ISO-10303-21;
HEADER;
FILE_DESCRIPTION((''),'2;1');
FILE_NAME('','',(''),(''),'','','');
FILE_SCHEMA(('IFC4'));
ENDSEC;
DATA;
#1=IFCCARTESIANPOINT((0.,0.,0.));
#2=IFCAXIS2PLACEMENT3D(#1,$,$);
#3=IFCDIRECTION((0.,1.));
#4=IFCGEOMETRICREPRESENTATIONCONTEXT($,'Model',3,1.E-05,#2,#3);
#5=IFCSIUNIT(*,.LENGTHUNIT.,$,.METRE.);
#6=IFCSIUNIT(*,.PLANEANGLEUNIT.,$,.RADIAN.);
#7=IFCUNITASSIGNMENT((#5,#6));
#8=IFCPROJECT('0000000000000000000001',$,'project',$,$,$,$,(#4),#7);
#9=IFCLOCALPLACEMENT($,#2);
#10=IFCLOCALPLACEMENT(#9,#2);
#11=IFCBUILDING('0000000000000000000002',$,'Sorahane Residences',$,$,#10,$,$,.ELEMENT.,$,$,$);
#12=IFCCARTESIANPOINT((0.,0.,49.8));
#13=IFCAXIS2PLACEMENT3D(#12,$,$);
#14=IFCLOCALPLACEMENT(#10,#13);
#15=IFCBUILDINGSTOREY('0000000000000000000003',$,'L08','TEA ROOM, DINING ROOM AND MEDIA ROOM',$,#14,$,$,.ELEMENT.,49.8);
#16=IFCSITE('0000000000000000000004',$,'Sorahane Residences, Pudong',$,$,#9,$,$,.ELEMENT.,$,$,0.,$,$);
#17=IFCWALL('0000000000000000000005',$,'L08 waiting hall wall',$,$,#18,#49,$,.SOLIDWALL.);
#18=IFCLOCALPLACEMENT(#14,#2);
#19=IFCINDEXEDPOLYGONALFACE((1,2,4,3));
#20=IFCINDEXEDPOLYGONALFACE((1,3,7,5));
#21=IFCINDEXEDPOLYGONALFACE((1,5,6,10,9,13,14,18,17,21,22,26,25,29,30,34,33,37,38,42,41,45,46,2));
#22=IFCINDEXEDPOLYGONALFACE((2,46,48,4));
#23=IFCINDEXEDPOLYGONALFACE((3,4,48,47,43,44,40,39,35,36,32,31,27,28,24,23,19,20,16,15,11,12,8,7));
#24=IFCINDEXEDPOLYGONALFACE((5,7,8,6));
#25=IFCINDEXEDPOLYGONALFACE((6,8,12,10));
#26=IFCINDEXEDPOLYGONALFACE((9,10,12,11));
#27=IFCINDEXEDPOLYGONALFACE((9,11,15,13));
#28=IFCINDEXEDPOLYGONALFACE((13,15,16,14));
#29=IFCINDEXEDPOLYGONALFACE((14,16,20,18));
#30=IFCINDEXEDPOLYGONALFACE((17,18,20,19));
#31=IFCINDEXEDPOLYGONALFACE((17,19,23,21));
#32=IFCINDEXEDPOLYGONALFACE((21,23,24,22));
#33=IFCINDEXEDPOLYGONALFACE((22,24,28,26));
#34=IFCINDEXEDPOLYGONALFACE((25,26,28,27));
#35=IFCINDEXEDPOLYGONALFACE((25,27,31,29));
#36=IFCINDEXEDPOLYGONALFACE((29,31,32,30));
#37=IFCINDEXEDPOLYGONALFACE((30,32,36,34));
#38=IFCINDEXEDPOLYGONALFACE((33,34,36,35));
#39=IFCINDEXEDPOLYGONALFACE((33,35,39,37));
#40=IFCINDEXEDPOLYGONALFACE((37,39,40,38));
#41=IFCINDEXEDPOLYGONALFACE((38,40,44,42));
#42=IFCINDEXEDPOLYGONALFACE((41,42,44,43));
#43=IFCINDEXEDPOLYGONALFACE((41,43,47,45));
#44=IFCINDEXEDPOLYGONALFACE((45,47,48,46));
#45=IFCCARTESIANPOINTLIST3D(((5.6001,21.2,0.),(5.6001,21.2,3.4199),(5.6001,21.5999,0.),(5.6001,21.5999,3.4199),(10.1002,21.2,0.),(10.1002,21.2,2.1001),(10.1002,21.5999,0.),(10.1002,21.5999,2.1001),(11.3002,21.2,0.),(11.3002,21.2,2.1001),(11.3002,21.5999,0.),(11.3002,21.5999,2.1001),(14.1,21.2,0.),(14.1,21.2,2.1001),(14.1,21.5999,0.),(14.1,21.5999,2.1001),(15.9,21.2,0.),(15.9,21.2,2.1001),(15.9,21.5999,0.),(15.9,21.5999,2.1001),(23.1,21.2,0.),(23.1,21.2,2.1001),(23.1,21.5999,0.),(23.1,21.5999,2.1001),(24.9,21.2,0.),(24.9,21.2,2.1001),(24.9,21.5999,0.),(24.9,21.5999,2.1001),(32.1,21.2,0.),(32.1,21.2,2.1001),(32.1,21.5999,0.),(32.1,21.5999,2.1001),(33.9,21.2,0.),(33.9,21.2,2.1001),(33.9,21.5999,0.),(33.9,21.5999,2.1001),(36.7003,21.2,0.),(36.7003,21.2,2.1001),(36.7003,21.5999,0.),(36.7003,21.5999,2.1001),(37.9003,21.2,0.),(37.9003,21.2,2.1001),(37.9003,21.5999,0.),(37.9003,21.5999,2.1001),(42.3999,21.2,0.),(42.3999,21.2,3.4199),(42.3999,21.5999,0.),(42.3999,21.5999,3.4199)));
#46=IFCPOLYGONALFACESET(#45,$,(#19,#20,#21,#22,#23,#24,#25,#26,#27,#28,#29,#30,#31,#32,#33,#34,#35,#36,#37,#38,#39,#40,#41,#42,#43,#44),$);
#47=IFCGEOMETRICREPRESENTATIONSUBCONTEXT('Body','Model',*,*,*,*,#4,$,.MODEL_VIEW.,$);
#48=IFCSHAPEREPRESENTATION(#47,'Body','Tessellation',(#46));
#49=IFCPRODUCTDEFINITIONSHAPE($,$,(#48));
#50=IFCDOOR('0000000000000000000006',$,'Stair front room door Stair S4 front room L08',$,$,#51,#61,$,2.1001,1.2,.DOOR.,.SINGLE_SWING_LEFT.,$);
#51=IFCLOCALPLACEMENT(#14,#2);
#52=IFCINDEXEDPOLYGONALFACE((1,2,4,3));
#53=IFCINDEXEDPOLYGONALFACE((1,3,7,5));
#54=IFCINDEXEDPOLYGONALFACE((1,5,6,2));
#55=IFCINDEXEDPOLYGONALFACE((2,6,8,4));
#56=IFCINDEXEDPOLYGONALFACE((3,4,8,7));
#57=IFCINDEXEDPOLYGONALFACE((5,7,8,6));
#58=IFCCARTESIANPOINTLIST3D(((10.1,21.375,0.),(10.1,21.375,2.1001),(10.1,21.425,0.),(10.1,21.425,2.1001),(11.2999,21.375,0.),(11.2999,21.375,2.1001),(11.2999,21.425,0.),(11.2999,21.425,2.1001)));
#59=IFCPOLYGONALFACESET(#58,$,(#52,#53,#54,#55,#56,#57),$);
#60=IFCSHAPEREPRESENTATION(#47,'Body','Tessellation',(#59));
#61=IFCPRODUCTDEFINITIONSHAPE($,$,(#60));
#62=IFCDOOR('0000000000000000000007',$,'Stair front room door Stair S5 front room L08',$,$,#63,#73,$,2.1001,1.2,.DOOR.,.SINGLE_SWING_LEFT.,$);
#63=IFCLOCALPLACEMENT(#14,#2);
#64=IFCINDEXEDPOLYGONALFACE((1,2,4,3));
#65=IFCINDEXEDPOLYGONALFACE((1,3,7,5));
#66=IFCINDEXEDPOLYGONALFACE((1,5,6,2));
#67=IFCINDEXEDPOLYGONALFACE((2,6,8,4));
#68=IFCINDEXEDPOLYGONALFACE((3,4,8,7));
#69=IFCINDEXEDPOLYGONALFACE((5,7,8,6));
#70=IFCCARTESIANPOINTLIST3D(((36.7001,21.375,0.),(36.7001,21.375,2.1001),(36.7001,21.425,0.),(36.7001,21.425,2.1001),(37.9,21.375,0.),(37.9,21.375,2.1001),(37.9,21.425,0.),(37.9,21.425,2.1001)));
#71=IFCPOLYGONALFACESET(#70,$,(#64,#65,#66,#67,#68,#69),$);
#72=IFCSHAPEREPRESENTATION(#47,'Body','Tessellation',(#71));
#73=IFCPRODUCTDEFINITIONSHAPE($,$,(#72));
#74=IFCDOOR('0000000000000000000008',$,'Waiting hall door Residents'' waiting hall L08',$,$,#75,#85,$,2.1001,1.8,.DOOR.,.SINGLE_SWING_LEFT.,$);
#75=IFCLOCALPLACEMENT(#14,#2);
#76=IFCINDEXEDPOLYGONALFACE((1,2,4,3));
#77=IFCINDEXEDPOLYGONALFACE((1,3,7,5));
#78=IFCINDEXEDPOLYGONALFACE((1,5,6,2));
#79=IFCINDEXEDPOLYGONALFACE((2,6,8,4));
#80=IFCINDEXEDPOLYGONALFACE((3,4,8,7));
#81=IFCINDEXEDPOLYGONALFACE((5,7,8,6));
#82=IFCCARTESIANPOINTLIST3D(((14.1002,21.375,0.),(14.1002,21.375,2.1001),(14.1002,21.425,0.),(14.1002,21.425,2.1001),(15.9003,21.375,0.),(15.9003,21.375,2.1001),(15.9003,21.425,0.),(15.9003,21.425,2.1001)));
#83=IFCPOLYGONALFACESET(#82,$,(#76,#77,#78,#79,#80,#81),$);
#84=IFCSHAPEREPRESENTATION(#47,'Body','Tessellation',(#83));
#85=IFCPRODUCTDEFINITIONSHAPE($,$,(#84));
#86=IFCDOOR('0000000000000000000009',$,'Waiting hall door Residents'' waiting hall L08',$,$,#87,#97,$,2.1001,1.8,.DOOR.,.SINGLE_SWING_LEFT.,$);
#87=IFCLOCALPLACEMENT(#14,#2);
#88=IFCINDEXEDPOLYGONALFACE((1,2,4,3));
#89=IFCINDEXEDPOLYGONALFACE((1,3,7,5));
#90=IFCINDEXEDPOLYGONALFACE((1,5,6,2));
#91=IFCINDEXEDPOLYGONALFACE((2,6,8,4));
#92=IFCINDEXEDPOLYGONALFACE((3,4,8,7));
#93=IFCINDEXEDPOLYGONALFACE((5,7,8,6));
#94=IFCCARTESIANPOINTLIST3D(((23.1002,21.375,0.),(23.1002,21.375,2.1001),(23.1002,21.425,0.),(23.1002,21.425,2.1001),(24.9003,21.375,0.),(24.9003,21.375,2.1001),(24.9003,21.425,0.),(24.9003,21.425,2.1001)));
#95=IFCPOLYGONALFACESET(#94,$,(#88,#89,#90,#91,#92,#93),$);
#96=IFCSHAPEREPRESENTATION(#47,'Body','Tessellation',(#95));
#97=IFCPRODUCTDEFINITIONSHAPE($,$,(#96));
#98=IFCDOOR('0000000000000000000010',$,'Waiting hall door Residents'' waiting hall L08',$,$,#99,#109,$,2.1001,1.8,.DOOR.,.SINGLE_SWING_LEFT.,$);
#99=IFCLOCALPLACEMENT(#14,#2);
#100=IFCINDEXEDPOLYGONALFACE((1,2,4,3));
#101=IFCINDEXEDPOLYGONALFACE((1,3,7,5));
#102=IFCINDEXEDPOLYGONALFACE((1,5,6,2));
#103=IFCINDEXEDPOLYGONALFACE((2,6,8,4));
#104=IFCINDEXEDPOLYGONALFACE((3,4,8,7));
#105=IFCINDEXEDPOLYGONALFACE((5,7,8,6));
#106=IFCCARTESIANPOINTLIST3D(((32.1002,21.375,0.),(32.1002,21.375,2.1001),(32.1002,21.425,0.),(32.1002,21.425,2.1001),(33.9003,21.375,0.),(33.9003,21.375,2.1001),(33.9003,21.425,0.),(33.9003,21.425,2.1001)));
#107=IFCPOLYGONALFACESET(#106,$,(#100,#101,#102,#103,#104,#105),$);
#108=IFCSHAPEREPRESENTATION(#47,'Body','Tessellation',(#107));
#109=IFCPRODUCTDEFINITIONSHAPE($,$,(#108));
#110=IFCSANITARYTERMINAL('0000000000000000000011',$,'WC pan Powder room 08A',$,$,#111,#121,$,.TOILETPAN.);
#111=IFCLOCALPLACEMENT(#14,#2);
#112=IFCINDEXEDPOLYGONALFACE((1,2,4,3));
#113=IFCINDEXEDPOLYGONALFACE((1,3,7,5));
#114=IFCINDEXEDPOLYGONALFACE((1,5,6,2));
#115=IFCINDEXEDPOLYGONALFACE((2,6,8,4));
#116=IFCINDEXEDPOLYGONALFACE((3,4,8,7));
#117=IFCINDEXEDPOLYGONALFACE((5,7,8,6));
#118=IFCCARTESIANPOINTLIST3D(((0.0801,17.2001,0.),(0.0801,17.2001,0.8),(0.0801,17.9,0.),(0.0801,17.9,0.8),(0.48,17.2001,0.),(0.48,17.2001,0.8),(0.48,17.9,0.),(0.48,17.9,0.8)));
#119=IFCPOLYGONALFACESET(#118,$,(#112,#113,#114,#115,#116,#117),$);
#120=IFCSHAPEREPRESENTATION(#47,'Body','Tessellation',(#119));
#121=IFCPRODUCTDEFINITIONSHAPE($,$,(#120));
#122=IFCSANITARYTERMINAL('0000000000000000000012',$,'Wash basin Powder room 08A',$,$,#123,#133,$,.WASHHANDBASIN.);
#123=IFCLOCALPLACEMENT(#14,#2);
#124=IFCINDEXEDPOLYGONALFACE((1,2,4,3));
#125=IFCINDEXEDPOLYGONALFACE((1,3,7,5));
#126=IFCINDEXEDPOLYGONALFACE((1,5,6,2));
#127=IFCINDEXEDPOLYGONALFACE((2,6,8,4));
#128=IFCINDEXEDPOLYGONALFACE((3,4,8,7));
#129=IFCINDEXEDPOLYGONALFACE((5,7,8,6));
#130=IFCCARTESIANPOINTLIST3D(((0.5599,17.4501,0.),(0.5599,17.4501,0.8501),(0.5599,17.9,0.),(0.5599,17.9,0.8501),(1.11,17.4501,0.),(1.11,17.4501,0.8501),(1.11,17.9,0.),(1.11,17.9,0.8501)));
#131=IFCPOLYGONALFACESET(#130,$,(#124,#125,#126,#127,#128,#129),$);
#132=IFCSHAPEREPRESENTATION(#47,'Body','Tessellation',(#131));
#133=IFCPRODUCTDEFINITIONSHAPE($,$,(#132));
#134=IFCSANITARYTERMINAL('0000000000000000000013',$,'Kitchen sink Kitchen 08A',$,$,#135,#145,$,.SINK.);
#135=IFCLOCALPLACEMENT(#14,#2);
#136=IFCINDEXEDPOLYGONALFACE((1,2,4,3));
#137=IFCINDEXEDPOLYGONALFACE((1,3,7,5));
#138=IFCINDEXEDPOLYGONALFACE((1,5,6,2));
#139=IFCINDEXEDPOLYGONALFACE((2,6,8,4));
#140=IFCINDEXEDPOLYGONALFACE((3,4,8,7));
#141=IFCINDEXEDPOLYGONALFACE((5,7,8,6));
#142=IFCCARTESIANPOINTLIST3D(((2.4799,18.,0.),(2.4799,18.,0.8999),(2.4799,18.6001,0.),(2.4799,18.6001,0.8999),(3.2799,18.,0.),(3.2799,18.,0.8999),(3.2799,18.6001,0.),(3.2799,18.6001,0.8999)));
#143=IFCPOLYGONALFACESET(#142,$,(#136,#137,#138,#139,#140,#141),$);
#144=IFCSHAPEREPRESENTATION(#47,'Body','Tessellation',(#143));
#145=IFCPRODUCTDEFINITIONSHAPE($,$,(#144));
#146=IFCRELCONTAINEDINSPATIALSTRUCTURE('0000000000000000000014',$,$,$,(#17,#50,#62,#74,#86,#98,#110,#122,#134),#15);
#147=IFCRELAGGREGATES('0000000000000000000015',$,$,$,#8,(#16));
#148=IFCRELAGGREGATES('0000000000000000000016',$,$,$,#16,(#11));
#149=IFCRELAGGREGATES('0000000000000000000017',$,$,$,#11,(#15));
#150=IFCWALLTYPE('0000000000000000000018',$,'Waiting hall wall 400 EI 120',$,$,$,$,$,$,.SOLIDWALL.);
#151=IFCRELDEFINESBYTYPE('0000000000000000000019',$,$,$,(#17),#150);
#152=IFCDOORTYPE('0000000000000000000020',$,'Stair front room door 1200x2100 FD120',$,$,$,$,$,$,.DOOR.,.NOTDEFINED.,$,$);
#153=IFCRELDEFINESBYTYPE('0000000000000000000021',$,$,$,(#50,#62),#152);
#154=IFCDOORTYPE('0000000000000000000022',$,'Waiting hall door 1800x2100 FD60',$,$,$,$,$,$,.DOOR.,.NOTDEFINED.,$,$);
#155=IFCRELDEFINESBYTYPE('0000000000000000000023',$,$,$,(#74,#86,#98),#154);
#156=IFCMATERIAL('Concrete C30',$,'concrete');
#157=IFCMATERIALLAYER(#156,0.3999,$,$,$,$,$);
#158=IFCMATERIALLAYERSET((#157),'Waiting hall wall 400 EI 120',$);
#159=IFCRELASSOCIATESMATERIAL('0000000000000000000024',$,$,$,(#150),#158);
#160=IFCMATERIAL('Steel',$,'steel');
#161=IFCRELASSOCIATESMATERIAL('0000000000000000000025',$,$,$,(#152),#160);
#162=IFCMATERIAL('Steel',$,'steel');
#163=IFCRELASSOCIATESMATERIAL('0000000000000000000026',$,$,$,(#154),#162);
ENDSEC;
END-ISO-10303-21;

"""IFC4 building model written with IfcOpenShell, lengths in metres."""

from ifc_helpers import new_model, si_unit, direction, frame, frame_2d, origin, origin_2d, place, context, subcontext, project, spatial, rectangle, extrude, material, layer, layer_set, type_object, element, fill, save


model = new_model("IFC4")

# Units and contexts
model_context = context("Model", 3, precision=1e-05, world=origin(), true_north=direction((0.0, 1.0)))
body_context = subcontext(model_context, "Body", "Model", "MODEL_VIEW")
ifc_project = project(units=[si_unit("LENGTHUNIT", "METRE"), si_unit("PLANEANGLEUNIT", "RADIAN")], contexts=[model_context])

# Site, building, storey
site_placement = place(None, origin())
site = spatial("IfcSite", under=ifc_project, at=site_placement, Name="Sorahane Residences, Pudong", CompositionType="ELEMENT", RefElevation=0.0)
building_placement = place(site_placement, origin())
building = spatial("IfcBuilding", under=site, at=building_placement, Name="Sorahane Residences", CompositionType="ELEMENT")
storey_placement = place(building_placement, frame((0.0, 0.0, 49.8)))
storey = spatial("IfcBuildingStorey", under=building, at=storey_placement, Name="L08", Description="TEA ROOM, DINING ROOM AND MEDIA ROOM", CompositionType="ELEMENT", Elevation=49.8)

# Wall, openings, doors
ifc_material_1 = material(Name="Concrete C30", Category="concrete")
ifc_layer_1 = layer(ifc_material_1, 0.3999)
ifc_layer_set_1 = layer_set([ifc_layer_1], Name="Waiting hall wall 400 EI 120")
wall_type_1 = type_object("IfcWallType", Name="Waiting hall wall 400 EI 120", PredefinedType="SOLIDWALL", material=ifc_layer_set_1)
wall_1_placement = place(storey_placement, frame((5.6001, 21.3999, 0.0), z_axis=(0.0, 0.0, 1.0), x_axis=(1.0, 0.0, 0.0)))
wall_1 = element("IfcWall", 1, at=wall_1_placement, inside=storey, type_object=wall_type_1, Name="L08 waiting hall wall", PredefinedType="SOLIDWALL", context=body_context, shape_type="SweptSolid", body=[
    extrude(rectangle(XDim=36.7998, YDim=0.3999, at=frame_2d((18.3999, 0.0))), origin(), (0.0, 0.0, 1.0), 3.4199),
])
opening_1_placement = place(wall_1_placement, frame((8.5, 0.0, 0.0)))
opening_1 = element("IfcOpeningElement", 2, at=opening_1_placement, cuts=wall_1, PredefinedType="OPENING", context=body_context, shape_type="SweptSolid", body=[
    extrude(rectangle(XDim=1.8, YDim=2.1001, at=frame_2d((0.8999, 1.05))), frame((0.0, 0.21, 0.0), z_axis=(0.0, -1.0, 0.0), x_axis=(1.0, 0.0, 0.0)), (0.0, 0.0, 1.0), 0.4199),
])
opening_2_placement = place(wall_1_placement, frame((17.5, 0.0, 0.0)))
opening_2 = element("IfcOpeningElement", 3, at=opening_2_placement, cuts=wall_1, PredefinedType="OPENING", context=body_context, shape_type="SweptSolid", body=[
    extrude(rectangle(XDim=1.8, YDim=2.1001, at=frame_2d((0.8999, 1.05))), frame((0.0, 0.21, 0.0), z_axis=(0.0, -1.0, 0.0), x_axis=(1.0, 0.0, 0.0)), (0.0, 0.0, 1.0), 0.4199),
])
opening_3_placement = place(wall_1_placement, frame((26.5, 0.0, 0.0)))
opening_3 = element("IfcOpeningElement", 4, at=opening_3_placement, cuts=wall_1, PredefinedType="OPENING", context=body_context, shape_type="SweptSolid", body=[
    extrude(rectangle(XDim=1.8, YDim=2.1001, at=frame_2d((0.8999, 1.05))), frame((0.0, 0.21, 0.0), z_axis=(0.0, -1.0, 0.0), x_axis=(1.0, 0.0, 0.0)), (0.0, 0.0, 1.0), 0.4199),
])
opening_4_placement = place(wall_1_placement, frame((4.5, 0.0, 0.0)))
opening_4 = element("IfcOpeningElement", 5, at=opening_4_placement, cuts=wall_1, PredefinedType="OPENING", context=body_context, shape_type="SweptSolid", body=[
    extrude(rectangle(XDim=1.2, YDim=2.1001, at=frame_2d((0.6001, 1.05))), frame((0.0, 0.21, 0.0), z_axis=(0.0, -1.0, 0.0), x_axis=(1.0, 0.0, 0.0)), (0.0, 0.0, 1.0), 0.4199),
])
opening_5_placement = place(wall_1_placement, frame((31.1001, 0.0, 0.0)))
opening_5 = element("IfcOpeningElement", 6, at=opening_5_placement, cuts=wall_1, PredefinedType="OPENING", context=body_context, shape_type="SweptSolid", body=[
    extrude(rectangle(XDim=1.2, YDim=2.1001, at=frame_2d((0.6001, 1.05))), frame((0.0, 0.21, 0.0), z_axis=(0.0, -1.0, 0.0), x_axis=(1.0, 0.0, 0.0)), (0.0, 0.0, 1.0), 0.4199),
])
ifc_material_2 = material(Name="Steel", Category="steel")
door_type_1 = type_object("IfcDoorType", Name="Stair front room door 1200x2100 FD120", OperationType="NOTDEFINED", PredefinedType="DOOR", material=ifc_material_2)
door_1_placement = place(opening_4_placement, frame((1.2, 0.0, 0.0), z_axis=(0.0, 0.0, 1.0), x_axis=(-1.0, 0.0, 0.0)))
door_1 = element("IfcDoor", 7, at=door_1_placement, inside=storey, type_object=door_type_1, Name="Stair front room door Stair S4 front room L08", OperationType="SINGLE_SWING_LEFT", OverallHeight=2.1001, OverallWidth=1.2, PredefinedType="DOOR", context=body_context, shape_type="SweptSolid", body=[
    extrude(rectangle(XDim=1.2, YDim=2.1001, at=frame_2d((0.6001, 1.05))), frame((0.0, 0.0249, 0.0), z_axis=(0.0, -1.0, 0.0), x_axis=(1.0, 0.0, 0.0)), (0.0, 0.0, 1.0), 0.05),
])
fill(opening_4, door_1)
door_2_placement = place(opening_5_placement, frame((1.2, 0.0, 0.0), z_axis=(0.0, 0.0, 1.0), x_axis=(-1.0, 0.0, 0.0)))
door_2 = element("IfcDoor", 8, at=door_2_placement, inside=storey, type_object=door_type_1, Name="Stair front room door Stair S5 front room L08", OperationType="SINGLE_SWING_LEFT", OverallHeight=2.1001, OverallWidth=1.2, PredefinedType="DOOR", context=body_context, shape_type="SweptSolid", body=[
    extrude(rectangle(XDim=1.2, YDim=2.1001, at=frame_2d((0.6001, 1.05))), frame((0.0, 0.0249, 0.0), z_axis=(0.0, -1.0, 0.0), x_axis=(1.0, 0.0, 0.0)), (0.0, 0.0, 1.0), 0.05),
])
fill(opening_5, door_2)
ifc_material_3 = material(Name="Steel", Category="steel")
door_type_2 = type_object("IfcDoorType", Name="Waiting hall door 1800x2100 FD60", OperationType="NOTDEFINED", PredefinedType="DOOR", material=ifc_material_3)
door_3_placement = place(opening_1_placement, frame((1.8, 0.0, 0.0), z_axis=(0.0, 0.0, 1.0), x_axis=(-1.0, 0.0, 0.0)))
door_3 = element("IfcDoor", 9, at=door_3_placement, inside=storey, type_object=door_type_2, Name="Waiting hall door Residents' waiting hall L08", OperationType="SINGLE_SWING_LEFT", OverallHeight=2.1001, OverallWidth=1.8, PredefinedType="DOOR", context=body_context, shape_type="SweptSolid", body=[
    extrude(rectangle(XDim=1.8, YDim=2.1001, at=frame_2d((0.8999, 1.05))), frame((0.0, 0.0249, 0.0), z_axis=(0.0, -1.0, 0.0), x_axis=(1.0, 0.0, 0.0)), (0.0, 0.0, 1.0), 0.05),
])
fill(opening_1, door_3)
door_4_placement = place(opening_2_placement, frame((1.8, 0.0, 0.0), z_axis=(0.0, 0.0, 1.0), x_axis=(-1.0, 0.0, 0.0)))
door_4 = element("IfcDoor", 10, at=door_4_placement, inside=storey, type_object=door_type_2, Name="Waiting hall door Residents' waiting hall L08", OperationType="SINGLE_SWING_LEFT", OverallHeight=2.1001, OverallWidth=1.8, PredefinedType="DOOR", context=body_context, shape_type="SweptSolid", body=[
    extrude(rectangle(XDim=1.8, YDim=2.1001, at=frame_2d((0.8999, 1.05))), frame((0.0, 0.0249, 0.0), z_axis=(0.0, -1.0, 0.0), x_axis=(1.0, 0.0, 0.0)), (0.0, 0.0, 1.0), 0.05),
])
fill(opening_2, door_4)
door_5_placement = place(opening_3_placement, frame((1.8, 0.0, 0.0), z_axis=(0.0, 0.0, 1.0), x_axis=(-1.0, 0.0, 0.0)))
door_5 = element("IfcDoor", 11, at=door_5_placement, inside=storey, type_object=door_type_2, Name="Waiting hall door Residents' waiting hall L08", OperationType="SINGLE_SWING_LEFT", OverallHeight=2.1001, OverallWidth=1.8, PredefinedType="DOOR", context=body_context, shape_type="SweptSolid", body=[
    extrude(rectangle(XDim=1.8, YDim=2.1001, at=frame_2d((0.8999, 1.05))), frame((0.0, 0.0249, 0.0), z_axis=(0.0, -1.0, 0.0), x_axis=(1.0, 0.0, 0.0)), (0.0, 0.0, 1.0), 0.05),
])
fill(opening_3, door_5)

# Sanitary terminals
sanitary_terminal_1_placement = place(storey_placement, frame((0.28, 17.55, 0.0), z_axis=(0.0, 0.0, 1.0), x_axis=(1.0, 0.0, 0.0)))
element("IfcSanitaryTerminal", 12, at=sanitary_terminal_1_placement, inside=storey, Name="WC pan Powder room 08A", PredefinedType="TOILETPAN", context=body_context, shape_type="SweptSolid", body=[
    extrude(rectangle(XDim=0.3999, YDim=0.7, at=origin_2d()), origin(), (0.0, 0.0, 1.0), 0.8),
])
sanitary_terminal_2_placement = place(storey_placement, frame((0.835, 17.675, 0.0), z_axis=(0.0, 0.0, 1.0), x_axis=(1.0, 0.0, 0.0)))
element("IfcSanitaryTerminal", 13, at=sanitary_terminal_2_placement, inside=storey, Name="Wash basin Powder room 08A", PredefinedType="WASHHANDBASIN", context=body_context, shape_type="SweptSolid", body=[
    extrude(rectangle(XDim=0.55, YDim=0.45, at=origin_2d()), origin(), (0.0, 0.0, 1.0), 0.8501),
])
sanitary_terminal_3_placement = place(storey_placement, frame((2.8799, 18.3, 0.0), z_axis=(0.0, 0.0, 1.0), x_axis=(1.0, 0.0, 0.0)))
element("IfcSanitaryTerminal", 14, at=sanitary_terminal_3_placement, inside=storey, Name="Kitchen sink Kitchen 08A", PredefinedType="SINK", context=body_context, shape_type="SweptSolid", body=[
    extrude(rectangle(XDim=0.8, YDim=0.6001, at=origin_2d()), origin(), (0.0, 0.0, 1.0), 0.8999),
])

save(model, "model.ifc")
